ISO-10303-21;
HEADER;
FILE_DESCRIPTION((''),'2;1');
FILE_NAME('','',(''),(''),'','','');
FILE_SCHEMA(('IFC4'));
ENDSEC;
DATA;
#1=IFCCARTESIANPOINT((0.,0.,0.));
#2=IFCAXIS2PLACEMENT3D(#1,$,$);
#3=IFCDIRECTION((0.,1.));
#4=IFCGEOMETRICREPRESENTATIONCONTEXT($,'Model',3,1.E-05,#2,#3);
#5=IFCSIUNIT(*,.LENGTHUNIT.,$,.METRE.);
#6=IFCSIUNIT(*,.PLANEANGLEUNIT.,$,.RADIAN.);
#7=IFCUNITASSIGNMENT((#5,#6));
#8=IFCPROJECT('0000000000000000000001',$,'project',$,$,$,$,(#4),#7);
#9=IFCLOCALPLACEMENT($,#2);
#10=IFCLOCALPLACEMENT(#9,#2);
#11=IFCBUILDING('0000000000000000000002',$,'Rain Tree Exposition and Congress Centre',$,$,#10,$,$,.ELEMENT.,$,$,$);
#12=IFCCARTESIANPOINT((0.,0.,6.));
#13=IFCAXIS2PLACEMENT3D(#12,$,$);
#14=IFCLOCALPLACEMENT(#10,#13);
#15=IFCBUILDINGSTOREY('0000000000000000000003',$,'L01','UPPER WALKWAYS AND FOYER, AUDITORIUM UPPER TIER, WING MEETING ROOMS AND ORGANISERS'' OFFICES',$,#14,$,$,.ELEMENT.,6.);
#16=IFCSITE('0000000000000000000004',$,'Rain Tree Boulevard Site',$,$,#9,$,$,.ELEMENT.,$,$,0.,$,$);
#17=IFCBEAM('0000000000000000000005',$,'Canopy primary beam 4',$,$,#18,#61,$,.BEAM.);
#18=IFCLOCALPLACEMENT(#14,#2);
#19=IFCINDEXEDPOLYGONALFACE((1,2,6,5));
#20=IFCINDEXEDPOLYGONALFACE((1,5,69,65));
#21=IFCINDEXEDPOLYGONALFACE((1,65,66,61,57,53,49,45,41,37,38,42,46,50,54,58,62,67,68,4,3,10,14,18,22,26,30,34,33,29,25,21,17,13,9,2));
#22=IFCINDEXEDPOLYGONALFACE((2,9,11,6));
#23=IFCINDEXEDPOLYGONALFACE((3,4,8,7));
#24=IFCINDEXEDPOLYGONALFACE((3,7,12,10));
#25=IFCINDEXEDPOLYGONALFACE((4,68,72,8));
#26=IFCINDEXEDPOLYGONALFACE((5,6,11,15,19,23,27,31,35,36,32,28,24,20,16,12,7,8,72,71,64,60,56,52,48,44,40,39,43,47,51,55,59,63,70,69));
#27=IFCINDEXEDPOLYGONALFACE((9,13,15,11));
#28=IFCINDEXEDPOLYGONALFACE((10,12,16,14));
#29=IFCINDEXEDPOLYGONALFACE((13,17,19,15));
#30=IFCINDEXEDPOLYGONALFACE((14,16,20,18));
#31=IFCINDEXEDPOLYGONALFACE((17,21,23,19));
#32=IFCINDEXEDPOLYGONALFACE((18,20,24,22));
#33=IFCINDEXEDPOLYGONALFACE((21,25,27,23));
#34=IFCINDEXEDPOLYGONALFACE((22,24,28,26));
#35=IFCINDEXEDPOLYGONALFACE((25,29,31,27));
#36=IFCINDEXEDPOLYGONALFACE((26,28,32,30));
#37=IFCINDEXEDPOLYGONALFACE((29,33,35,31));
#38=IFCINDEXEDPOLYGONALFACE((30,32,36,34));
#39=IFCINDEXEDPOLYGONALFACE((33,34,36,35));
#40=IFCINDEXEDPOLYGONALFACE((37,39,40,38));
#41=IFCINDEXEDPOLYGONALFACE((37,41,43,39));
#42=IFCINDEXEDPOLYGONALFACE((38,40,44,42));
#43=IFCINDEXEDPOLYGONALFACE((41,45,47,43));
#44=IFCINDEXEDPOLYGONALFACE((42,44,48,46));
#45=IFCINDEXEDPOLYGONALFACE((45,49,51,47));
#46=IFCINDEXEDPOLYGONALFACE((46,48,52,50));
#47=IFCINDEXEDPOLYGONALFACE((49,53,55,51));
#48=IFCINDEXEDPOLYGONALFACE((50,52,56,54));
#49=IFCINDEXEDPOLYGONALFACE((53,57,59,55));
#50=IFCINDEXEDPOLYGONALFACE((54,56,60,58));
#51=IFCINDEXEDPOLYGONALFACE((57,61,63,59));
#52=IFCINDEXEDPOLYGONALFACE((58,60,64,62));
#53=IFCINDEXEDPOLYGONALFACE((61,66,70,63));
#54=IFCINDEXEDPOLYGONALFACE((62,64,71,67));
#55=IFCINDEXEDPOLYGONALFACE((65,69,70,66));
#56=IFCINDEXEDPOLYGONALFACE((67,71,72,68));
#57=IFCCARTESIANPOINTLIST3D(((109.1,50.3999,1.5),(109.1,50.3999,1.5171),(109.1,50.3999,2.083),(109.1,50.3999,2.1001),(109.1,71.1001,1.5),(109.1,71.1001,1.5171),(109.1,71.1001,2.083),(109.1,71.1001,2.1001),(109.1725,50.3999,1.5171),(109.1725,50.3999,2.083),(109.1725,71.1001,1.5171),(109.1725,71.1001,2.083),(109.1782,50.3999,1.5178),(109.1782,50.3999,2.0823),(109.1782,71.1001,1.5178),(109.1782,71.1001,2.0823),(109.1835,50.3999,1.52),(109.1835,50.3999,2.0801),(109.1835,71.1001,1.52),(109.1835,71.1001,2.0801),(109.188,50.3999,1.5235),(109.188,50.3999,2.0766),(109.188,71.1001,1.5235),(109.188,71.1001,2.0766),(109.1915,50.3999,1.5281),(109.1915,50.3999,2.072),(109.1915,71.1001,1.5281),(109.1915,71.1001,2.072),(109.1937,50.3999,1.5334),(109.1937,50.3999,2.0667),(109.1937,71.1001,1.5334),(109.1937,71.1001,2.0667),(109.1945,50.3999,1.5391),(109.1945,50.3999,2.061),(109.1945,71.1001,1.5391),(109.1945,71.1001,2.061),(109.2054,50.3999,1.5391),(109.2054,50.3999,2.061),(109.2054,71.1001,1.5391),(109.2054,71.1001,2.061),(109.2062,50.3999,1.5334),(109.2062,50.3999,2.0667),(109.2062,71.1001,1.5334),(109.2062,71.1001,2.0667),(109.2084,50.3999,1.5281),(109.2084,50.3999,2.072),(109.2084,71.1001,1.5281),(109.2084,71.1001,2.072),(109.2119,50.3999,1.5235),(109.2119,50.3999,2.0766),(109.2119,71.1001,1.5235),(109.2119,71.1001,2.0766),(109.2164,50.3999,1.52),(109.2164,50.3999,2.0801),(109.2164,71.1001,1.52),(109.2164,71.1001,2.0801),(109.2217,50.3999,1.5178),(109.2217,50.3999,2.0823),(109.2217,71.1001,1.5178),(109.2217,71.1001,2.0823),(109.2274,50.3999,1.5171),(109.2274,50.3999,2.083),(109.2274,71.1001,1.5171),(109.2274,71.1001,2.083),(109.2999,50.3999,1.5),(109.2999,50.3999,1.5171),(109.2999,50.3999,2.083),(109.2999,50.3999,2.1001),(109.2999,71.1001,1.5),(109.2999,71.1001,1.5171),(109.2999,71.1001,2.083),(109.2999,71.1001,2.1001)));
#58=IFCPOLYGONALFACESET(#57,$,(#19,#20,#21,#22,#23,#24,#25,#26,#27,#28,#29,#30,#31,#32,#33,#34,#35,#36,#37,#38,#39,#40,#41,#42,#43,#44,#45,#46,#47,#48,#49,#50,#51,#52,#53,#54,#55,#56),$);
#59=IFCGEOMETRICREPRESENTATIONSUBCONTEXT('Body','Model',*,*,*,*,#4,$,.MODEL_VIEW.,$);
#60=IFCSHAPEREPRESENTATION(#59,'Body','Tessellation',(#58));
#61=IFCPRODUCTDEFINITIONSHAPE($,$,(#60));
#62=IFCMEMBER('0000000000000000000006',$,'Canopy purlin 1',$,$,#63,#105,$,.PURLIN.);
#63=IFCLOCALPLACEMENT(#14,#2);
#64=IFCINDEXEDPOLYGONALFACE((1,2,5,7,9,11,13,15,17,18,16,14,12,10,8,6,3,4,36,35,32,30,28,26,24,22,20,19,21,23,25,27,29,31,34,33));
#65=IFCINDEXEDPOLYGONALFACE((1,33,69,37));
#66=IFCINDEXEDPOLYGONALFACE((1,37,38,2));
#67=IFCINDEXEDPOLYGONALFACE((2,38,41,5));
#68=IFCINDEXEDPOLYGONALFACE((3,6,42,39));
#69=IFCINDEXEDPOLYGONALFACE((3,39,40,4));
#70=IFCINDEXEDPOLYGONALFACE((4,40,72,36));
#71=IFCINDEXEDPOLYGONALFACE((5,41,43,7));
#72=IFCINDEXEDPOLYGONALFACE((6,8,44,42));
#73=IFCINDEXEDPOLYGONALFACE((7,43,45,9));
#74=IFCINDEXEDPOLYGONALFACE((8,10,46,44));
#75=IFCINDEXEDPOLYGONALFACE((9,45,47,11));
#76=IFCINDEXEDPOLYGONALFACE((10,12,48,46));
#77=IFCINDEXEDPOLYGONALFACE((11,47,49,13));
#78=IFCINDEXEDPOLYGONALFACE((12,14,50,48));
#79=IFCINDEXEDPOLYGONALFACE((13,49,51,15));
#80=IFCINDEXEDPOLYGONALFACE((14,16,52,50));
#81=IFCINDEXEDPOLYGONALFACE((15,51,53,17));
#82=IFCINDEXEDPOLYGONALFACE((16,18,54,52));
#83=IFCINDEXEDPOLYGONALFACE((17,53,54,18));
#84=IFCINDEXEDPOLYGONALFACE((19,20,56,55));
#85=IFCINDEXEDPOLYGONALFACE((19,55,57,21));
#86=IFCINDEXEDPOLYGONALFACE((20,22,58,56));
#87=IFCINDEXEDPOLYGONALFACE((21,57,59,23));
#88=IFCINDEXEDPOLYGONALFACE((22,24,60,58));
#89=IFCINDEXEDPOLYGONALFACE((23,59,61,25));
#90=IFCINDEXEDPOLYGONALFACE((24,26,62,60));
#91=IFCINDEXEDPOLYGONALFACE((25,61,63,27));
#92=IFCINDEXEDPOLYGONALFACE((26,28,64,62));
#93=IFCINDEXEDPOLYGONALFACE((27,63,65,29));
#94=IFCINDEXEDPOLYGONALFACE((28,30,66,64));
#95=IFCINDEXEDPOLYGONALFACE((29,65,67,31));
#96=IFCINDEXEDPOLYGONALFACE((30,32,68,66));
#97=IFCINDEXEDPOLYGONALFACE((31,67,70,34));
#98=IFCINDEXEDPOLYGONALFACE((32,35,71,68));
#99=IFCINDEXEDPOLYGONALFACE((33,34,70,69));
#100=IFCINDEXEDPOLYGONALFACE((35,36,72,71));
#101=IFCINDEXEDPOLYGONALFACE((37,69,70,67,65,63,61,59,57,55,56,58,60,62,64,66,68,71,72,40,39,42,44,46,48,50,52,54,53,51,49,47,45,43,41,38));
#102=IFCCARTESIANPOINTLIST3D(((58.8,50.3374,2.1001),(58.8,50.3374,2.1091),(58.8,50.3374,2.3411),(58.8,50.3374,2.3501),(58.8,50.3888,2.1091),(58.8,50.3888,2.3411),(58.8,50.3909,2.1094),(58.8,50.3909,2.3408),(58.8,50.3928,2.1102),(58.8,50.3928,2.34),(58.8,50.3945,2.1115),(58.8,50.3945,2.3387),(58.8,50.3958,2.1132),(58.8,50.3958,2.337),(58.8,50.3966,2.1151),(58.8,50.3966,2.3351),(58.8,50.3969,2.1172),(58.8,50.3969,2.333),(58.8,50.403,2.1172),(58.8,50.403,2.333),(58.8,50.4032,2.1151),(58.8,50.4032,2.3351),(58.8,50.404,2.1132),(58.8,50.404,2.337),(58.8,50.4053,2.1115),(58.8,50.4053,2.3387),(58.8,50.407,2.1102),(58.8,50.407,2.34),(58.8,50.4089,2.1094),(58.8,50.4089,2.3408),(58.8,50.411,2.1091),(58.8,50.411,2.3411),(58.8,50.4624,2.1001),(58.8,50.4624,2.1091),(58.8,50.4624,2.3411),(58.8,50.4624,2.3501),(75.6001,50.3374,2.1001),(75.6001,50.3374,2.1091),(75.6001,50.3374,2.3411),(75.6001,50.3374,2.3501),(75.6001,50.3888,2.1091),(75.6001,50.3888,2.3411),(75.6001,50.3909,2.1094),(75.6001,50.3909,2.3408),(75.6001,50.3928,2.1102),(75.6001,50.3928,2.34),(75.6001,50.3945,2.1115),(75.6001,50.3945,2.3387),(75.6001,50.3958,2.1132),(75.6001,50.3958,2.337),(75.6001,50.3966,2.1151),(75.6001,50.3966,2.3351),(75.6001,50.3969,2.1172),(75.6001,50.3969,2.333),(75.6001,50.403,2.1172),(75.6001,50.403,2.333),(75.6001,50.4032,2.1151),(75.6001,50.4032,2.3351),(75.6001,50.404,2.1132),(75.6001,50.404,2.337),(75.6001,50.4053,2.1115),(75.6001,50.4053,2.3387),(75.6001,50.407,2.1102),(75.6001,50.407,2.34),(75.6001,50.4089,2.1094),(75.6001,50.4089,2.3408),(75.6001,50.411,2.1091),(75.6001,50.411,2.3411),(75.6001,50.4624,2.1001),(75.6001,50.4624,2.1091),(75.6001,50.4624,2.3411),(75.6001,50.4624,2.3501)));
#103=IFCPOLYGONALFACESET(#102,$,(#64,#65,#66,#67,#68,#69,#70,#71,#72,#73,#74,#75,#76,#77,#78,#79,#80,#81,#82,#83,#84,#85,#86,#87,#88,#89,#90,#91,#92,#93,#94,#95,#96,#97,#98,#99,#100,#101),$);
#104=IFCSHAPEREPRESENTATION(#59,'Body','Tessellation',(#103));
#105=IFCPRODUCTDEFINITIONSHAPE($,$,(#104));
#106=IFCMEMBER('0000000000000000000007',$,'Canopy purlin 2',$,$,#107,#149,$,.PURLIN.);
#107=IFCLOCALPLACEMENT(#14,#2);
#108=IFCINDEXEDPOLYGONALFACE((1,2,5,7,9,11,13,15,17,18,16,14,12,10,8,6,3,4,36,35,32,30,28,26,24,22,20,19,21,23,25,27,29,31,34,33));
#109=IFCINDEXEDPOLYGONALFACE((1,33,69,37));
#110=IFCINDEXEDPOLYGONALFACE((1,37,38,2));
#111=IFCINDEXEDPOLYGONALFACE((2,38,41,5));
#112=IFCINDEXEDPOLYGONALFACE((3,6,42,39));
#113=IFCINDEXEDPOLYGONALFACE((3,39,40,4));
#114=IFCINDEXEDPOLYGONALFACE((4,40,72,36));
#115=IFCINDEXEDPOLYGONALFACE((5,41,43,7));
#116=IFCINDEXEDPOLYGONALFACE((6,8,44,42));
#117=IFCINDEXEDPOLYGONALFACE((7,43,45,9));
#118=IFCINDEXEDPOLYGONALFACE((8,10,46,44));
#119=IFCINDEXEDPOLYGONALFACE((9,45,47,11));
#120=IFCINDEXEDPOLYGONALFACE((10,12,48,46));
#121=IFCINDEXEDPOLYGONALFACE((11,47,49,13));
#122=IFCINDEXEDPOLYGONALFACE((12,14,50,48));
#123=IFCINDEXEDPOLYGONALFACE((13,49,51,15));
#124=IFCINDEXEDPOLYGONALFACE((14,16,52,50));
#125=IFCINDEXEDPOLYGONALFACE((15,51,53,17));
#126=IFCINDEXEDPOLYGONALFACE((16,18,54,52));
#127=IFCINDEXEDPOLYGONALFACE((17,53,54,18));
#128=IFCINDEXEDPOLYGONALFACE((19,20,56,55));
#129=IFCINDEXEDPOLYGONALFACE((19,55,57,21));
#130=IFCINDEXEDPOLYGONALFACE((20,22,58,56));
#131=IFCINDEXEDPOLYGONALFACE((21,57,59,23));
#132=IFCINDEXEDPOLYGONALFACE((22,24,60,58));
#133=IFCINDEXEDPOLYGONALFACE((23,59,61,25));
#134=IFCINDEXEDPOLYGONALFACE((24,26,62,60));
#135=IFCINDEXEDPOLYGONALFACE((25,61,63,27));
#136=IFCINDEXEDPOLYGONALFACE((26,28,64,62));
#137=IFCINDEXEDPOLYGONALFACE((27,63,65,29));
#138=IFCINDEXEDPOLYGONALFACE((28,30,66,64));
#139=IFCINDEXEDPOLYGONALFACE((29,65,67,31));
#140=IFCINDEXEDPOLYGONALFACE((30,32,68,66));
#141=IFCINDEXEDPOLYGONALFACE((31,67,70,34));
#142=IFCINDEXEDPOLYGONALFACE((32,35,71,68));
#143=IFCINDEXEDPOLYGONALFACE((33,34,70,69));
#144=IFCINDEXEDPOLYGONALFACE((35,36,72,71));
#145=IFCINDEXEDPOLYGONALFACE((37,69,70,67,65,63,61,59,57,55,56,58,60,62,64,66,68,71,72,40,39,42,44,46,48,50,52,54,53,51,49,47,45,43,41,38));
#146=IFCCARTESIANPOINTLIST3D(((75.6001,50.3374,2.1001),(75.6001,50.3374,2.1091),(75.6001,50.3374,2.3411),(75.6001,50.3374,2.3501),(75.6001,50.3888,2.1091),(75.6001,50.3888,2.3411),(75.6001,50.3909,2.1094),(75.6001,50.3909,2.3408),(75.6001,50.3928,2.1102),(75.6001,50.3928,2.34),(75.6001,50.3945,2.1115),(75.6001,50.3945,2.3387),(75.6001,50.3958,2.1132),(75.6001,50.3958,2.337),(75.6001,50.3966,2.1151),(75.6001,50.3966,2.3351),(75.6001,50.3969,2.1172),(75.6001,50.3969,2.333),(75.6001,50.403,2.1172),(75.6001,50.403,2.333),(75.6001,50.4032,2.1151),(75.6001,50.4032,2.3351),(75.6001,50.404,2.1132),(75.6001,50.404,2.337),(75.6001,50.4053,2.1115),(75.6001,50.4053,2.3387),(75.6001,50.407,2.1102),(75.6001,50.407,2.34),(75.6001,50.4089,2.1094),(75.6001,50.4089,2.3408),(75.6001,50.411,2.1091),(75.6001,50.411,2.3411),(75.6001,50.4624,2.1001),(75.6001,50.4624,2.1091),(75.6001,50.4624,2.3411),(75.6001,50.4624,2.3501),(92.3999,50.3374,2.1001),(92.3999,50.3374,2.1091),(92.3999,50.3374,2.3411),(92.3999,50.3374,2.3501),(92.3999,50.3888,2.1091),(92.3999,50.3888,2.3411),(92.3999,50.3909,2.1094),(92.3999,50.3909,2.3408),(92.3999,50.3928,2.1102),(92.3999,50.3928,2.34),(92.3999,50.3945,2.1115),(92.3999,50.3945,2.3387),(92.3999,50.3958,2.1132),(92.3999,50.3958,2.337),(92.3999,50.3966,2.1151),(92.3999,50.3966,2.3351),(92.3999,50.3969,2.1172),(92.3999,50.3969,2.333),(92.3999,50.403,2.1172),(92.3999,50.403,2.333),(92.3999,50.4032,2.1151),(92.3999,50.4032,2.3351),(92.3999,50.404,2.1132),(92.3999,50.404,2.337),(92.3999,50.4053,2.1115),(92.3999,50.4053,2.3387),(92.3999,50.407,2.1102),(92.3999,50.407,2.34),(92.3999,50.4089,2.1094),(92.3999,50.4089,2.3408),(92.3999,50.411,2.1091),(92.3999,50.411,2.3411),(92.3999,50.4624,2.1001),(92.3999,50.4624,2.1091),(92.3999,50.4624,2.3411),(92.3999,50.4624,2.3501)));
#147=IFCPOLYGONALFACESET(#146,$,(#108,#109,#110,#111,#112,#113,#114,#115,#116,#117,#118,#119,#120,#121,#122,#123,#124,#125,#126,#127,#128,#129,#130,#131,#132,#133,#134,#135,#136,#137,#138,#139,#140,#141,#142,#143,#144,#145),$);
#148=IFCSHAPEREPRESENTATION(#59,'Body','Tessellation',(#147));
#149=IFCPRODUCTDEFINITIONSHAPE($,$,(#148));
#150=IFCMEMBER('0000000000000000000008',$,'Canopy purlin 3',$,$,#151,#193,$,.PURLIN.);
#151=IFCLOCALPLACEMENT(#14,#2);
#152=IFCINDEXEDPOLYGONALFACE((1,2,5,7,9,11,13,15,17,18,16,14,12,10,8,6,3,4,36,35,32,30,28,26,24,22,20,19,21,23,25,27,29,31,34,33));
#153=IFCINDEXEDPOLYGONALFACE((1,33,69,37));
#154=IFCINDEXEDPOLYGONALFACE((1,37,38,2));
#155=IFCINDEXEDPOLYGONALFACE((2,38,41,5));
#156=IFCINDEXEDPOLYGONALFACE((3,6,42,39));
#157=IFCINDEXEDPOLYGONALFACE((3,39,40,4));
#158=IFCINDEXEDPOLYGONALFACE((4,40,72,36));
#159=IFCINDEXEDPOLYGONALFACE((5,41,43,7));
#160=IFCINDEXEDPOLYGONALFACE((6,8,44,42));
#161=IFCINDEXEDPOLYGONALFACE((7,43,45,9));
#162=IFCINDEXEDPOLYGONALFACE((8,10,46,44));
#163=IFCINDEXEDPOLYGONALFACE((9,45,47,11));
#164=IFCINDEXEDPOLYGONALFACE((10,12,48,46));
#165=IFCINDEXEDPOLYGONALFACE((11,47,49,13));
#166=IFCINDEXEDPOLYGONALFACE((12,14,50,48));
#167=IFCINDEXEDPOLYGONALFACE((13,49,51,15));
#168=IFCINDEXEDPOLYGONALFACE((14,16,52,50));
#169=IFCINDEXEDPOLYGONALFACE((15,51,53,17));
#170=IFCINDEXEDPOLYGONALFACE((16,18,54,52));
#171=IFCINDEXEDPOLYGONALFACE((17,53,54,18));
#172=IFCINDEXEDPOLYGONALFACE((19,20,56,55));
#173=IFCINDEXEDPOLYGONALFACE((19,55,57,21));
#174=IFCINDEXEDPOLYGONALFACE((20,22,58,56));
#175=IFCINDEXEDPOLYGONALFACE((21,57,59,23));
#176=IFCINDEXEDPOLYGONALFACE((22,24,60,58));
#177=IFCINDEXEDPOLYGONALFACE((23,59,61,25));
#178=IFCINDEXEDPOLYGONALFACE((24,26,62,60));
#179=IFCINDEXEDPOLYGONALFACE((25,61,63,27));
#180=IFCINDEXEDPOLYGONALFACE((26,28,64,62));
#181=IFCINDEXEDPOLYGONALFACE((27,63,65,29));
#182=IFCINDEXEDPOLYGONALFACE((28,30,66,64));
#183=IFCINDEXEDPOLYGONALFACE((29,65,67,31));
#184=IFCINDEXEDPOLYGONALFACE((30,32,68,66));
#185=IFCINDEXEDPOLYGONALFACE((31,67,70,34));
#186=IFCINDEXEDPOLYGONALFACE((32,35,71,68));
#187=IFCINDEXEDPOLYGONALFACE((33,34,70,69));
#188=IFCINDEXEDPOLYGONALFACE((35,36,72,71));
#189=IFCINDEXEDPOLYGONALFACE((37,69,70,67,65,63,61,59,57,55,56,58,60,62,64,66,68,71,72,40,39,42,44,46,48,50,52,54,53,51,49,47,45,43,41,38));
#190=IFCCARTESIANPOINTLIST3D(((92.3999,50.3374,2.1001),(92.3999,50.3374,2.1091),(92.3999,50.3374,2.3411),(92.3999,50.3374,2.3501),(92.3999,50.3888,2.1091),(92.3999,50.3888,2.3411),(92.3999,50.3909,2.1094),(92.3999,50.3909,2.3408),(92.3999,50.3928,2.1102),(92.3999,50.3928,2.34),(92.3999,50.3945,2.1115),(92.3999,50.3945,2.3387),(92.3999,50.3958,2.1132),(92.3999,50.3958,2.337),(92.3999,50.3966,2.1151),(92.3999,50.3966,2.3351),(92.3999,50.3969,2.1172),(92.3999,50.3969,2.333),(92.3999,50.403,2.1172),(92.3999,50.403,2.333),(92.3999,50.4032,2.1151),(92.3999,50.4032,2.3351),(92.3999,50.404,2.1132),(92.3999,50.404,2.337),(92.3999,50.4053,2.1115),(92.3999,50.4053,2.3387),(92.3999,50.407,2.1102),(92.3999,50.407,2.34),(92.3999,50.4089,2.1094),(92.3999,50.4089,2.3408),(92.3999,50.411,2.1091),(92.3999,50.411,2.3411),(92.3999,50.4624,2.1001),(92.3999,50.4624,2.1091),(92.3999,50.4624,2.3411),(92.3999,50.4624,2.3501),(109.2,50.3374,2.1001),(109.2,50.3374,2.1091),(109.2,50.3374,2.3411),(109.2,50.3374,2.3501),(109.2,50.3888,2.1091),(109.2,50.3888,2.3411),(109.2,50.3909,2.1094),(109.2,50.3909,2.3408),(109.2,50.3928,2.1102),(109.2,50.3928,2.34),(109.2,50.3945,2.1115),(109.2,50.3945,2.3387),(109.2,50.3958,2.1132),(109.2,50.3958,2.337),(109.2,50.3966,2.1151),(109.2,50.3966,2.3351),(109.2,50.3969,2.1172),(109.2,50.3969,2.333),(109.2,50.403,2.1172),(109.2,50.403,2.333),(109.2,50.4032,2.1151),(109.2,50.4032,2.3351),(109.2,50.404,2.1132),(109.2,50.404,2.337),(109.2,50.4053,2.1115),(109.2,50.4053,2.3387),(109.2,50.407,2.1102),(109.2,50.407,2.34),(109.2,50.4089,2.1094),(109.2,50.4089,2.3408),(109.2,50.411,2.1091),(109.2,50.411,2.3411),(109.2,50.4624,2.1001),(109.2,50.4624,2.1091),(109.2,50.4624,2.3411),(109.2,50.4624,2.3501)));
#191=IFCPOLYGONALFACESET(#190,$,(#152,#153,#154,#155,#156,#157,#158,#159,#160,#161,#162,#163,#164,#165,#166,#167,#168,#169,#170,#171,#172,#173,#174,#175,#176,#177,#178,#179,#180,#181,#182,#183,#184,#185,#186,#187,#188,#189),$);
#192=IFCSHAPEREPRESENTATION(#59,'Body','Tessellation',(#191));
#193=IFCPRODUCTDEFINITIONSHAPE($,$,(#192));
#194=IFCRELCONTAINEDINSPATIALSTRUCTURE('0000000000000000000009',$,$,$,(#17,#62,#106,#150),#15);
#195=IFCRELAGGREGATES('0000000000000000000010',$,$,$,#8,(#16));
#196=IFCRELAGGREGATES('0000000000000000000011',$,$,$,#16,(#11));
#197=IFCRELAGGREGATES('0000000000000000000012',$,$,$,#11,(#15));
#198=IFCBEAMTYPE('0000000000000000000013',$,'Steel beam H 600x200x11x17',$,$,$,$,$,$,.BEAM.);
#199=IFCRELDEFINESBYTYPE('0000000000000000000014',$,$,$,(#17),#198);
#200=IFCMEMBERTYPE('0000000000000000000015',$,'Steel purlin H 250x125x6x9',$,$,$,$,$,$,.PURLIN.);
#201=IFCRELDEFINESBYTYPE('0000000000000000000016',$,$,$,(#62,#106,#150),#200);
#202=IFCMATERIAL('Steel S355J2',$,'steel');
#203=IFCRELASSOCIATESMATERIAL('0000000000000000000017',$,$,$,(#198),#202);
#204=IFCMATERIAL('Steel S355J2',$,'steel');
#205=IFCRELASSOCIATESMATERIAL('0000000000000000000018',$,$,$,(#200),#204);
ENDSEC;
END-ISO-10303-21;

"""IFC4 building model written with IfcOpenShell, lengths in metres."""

from ifc_helpers import new_model, si_unit, direction, frame, origin, origin_2d, place, context, subcontext, project, spatial, i_section, extrude, material, material_profile, profile_set, type_object, element, save


model = new_model("IFC4")

# Units and contexts
model_context = context("Model", 3, precision=1e-05, world=origin(), true_north=direction((0.0, 1.0)))
body_context = subcontext(model_context, "Body", "Model", "MODEL_VIEW")
ifc_project = project(units=[si_unit("LENGTHUNIT", "METRE"), si_unit("PLANEANGLEUNIT", "RADIAN")], contexts=[model_context])

# Site, building, storey
site_placement = place(None, origin())
site = spatial("IfcSite", under=ifc_project, at=site_placement, Name="Rain Tree Boulevard Site", CompositionType="ELEMENT", RefElevation=0.0)
building_placement = place(site_placement, origin())
building = spatial("IfcBuilding", under=site, at=building_placement, Name="Rain Tree Exposition and Congress Centre", CompositionType="ELEMENT")
storey_placement = place(building_placement, frame((0.0, 0.0, 6.0)))
storey = spatial("IfcBuildingStorey", under=building, at=storey_placement, Name="L01", Description="UPPER WALKWAYS AND FOYER, AUDITORIUM UPPER TIER, WING MEETING ROOMS AND ORGANISERS' OFFICES", CompositionType="ELEMENT", Elevation=6.0)

# Beam
ifc_material_1 = material(Name="Steel S355J2", Category="steel")
ifc_material_profile_1 = material_profile(ifc_material_1, i_section(OverallWidth=0.2, OverallDepth=0.6001, WebThickness=0.011, FlangeThickness=0.0171, FilletRadius=0.022, at=origin_2d()), Name="H 600x200x11x17")
ifc_profile_set_1 = profile_set([ifc_material_profile_1], Name="Steel S355J2")
beam_type = type_object("IfcBeamType", Name="Steel beam H 600x200x11x17", PredefinedType="BEAM", material=ifc_profile_set_1)
for number, where, z_axis, x_axis, name in (
    (1, (109.2, 50.3999, 1.8), (0.0, 1.0, 0.0), (-1.0, 0.0, 0.0), "Canopy primary beam 4"),
):
    element("IfcBeam", number, at=place(storey_placement, frame(where, z_axis=z_axis, x_axis=x_axis)), inside=storey, type_object=beam_type, Name=name, PredefinedType="BEAM", context=body_context, shape_type="SweptSolid", body=[
        extrude(i_section(OverallWidth=0.2, OverallDepth=0.6001, WebThickness=0.011, FlangeThickness=0.0171, FilletRadius=0.022, at=origin_2d()), origin(), (0.0, 0.0, 1.0), 20.7002),
    ])

# Members
ifc_material_2 = material(Name="Steel S355J2", Category="steel")
ifc_material_profile_2 = material_profile(ifc_material_2, i_section(OverallWidth=0.125, OverallDepth=0.25, WebThickness=0.0061, FlangeThickness=0.009, FilletRadius=0.0081, at=origin_2d()), Name="H 250x125x6x9")
ifc_profile_set_2 = profile_set([ifc_material_profile_2], Name="Steel S355J2")
member_type = type_object("IfcMemberType", Name="Steel purlin H 250x125x6x9", PredefinedType="PURLIN", material=ifc_profile_set_2)
member_1_placement = place(storey_placement, frame((58.8, 50.3999, 2.2251), z_axis=(1.0, 0.0, 0.0), x_axis=(0.0, 1.0, 0.0)))
element("IfcMember", 2, at=member_1_placement, inside=storey, type_object=member_type, Name="Canopy purlin 1", PredefinedType="PURLIN", context=body_context, shape_type="SweptSolid", body=[
    extrude(i_section(OverallWidth=0.125, OverallDepth=0.25, WebThickness=0.0061, FlangeThickness=0.009, FilletRadius=0.0081, at=origin_2d()), origin(), (0.0, 0.0, 1.0), 16.8),
])
member_2_placement = place(storey_placement, frame((75.6001, 50.3999, 2.2251), z_axis=(1.0, 0.0, 0.0), x_axis=(0.0, 1.0, 0.0)))
element("IfcMember", 3, at=member_2_placement, inside=storey, type_object=member_type, Name="Canopy purlin 2", PredefinedType="PURLIN", context=body_context, shape_type="SweptSolid", body=[
    extrude(i_section(OverallWidth=0.125, OverallDepth=0.25, WebThickness=0.0061, FlangeThickness=0.009, FilletRadius=0.0081, at=origin_2d()), origin(), (0.0, 0.0, 1.0), 16.7998),
])
for number, where, z_axis, x_axis, name in (
    (4, (92.3999, 50.3999, 2.2251), (1.0, 0.0, 0.0), (0.0, 1.0, 0.0), "Canopy purlin 3"),
):
    element("IfcMember", number, at=place(storey_placement, frame(where, z_axis=z_axis, x_axis=x_axis)), inside=storey, type_object=member_type, Name=name, PredefinedType="PURLIN", context=body_context, shape_type="SweptSolid", body=[
        extrude(i_section(OverallWidth=0.125, OverallDepth=0.25, WebThickness=0.0061, FlangeThickness=0.009, FilletRadius=0.0081, at=origin_2d()), origin(), (0.0, 0.0, 1.0), 16.8),
    ])

save(model, "model.ifc")
